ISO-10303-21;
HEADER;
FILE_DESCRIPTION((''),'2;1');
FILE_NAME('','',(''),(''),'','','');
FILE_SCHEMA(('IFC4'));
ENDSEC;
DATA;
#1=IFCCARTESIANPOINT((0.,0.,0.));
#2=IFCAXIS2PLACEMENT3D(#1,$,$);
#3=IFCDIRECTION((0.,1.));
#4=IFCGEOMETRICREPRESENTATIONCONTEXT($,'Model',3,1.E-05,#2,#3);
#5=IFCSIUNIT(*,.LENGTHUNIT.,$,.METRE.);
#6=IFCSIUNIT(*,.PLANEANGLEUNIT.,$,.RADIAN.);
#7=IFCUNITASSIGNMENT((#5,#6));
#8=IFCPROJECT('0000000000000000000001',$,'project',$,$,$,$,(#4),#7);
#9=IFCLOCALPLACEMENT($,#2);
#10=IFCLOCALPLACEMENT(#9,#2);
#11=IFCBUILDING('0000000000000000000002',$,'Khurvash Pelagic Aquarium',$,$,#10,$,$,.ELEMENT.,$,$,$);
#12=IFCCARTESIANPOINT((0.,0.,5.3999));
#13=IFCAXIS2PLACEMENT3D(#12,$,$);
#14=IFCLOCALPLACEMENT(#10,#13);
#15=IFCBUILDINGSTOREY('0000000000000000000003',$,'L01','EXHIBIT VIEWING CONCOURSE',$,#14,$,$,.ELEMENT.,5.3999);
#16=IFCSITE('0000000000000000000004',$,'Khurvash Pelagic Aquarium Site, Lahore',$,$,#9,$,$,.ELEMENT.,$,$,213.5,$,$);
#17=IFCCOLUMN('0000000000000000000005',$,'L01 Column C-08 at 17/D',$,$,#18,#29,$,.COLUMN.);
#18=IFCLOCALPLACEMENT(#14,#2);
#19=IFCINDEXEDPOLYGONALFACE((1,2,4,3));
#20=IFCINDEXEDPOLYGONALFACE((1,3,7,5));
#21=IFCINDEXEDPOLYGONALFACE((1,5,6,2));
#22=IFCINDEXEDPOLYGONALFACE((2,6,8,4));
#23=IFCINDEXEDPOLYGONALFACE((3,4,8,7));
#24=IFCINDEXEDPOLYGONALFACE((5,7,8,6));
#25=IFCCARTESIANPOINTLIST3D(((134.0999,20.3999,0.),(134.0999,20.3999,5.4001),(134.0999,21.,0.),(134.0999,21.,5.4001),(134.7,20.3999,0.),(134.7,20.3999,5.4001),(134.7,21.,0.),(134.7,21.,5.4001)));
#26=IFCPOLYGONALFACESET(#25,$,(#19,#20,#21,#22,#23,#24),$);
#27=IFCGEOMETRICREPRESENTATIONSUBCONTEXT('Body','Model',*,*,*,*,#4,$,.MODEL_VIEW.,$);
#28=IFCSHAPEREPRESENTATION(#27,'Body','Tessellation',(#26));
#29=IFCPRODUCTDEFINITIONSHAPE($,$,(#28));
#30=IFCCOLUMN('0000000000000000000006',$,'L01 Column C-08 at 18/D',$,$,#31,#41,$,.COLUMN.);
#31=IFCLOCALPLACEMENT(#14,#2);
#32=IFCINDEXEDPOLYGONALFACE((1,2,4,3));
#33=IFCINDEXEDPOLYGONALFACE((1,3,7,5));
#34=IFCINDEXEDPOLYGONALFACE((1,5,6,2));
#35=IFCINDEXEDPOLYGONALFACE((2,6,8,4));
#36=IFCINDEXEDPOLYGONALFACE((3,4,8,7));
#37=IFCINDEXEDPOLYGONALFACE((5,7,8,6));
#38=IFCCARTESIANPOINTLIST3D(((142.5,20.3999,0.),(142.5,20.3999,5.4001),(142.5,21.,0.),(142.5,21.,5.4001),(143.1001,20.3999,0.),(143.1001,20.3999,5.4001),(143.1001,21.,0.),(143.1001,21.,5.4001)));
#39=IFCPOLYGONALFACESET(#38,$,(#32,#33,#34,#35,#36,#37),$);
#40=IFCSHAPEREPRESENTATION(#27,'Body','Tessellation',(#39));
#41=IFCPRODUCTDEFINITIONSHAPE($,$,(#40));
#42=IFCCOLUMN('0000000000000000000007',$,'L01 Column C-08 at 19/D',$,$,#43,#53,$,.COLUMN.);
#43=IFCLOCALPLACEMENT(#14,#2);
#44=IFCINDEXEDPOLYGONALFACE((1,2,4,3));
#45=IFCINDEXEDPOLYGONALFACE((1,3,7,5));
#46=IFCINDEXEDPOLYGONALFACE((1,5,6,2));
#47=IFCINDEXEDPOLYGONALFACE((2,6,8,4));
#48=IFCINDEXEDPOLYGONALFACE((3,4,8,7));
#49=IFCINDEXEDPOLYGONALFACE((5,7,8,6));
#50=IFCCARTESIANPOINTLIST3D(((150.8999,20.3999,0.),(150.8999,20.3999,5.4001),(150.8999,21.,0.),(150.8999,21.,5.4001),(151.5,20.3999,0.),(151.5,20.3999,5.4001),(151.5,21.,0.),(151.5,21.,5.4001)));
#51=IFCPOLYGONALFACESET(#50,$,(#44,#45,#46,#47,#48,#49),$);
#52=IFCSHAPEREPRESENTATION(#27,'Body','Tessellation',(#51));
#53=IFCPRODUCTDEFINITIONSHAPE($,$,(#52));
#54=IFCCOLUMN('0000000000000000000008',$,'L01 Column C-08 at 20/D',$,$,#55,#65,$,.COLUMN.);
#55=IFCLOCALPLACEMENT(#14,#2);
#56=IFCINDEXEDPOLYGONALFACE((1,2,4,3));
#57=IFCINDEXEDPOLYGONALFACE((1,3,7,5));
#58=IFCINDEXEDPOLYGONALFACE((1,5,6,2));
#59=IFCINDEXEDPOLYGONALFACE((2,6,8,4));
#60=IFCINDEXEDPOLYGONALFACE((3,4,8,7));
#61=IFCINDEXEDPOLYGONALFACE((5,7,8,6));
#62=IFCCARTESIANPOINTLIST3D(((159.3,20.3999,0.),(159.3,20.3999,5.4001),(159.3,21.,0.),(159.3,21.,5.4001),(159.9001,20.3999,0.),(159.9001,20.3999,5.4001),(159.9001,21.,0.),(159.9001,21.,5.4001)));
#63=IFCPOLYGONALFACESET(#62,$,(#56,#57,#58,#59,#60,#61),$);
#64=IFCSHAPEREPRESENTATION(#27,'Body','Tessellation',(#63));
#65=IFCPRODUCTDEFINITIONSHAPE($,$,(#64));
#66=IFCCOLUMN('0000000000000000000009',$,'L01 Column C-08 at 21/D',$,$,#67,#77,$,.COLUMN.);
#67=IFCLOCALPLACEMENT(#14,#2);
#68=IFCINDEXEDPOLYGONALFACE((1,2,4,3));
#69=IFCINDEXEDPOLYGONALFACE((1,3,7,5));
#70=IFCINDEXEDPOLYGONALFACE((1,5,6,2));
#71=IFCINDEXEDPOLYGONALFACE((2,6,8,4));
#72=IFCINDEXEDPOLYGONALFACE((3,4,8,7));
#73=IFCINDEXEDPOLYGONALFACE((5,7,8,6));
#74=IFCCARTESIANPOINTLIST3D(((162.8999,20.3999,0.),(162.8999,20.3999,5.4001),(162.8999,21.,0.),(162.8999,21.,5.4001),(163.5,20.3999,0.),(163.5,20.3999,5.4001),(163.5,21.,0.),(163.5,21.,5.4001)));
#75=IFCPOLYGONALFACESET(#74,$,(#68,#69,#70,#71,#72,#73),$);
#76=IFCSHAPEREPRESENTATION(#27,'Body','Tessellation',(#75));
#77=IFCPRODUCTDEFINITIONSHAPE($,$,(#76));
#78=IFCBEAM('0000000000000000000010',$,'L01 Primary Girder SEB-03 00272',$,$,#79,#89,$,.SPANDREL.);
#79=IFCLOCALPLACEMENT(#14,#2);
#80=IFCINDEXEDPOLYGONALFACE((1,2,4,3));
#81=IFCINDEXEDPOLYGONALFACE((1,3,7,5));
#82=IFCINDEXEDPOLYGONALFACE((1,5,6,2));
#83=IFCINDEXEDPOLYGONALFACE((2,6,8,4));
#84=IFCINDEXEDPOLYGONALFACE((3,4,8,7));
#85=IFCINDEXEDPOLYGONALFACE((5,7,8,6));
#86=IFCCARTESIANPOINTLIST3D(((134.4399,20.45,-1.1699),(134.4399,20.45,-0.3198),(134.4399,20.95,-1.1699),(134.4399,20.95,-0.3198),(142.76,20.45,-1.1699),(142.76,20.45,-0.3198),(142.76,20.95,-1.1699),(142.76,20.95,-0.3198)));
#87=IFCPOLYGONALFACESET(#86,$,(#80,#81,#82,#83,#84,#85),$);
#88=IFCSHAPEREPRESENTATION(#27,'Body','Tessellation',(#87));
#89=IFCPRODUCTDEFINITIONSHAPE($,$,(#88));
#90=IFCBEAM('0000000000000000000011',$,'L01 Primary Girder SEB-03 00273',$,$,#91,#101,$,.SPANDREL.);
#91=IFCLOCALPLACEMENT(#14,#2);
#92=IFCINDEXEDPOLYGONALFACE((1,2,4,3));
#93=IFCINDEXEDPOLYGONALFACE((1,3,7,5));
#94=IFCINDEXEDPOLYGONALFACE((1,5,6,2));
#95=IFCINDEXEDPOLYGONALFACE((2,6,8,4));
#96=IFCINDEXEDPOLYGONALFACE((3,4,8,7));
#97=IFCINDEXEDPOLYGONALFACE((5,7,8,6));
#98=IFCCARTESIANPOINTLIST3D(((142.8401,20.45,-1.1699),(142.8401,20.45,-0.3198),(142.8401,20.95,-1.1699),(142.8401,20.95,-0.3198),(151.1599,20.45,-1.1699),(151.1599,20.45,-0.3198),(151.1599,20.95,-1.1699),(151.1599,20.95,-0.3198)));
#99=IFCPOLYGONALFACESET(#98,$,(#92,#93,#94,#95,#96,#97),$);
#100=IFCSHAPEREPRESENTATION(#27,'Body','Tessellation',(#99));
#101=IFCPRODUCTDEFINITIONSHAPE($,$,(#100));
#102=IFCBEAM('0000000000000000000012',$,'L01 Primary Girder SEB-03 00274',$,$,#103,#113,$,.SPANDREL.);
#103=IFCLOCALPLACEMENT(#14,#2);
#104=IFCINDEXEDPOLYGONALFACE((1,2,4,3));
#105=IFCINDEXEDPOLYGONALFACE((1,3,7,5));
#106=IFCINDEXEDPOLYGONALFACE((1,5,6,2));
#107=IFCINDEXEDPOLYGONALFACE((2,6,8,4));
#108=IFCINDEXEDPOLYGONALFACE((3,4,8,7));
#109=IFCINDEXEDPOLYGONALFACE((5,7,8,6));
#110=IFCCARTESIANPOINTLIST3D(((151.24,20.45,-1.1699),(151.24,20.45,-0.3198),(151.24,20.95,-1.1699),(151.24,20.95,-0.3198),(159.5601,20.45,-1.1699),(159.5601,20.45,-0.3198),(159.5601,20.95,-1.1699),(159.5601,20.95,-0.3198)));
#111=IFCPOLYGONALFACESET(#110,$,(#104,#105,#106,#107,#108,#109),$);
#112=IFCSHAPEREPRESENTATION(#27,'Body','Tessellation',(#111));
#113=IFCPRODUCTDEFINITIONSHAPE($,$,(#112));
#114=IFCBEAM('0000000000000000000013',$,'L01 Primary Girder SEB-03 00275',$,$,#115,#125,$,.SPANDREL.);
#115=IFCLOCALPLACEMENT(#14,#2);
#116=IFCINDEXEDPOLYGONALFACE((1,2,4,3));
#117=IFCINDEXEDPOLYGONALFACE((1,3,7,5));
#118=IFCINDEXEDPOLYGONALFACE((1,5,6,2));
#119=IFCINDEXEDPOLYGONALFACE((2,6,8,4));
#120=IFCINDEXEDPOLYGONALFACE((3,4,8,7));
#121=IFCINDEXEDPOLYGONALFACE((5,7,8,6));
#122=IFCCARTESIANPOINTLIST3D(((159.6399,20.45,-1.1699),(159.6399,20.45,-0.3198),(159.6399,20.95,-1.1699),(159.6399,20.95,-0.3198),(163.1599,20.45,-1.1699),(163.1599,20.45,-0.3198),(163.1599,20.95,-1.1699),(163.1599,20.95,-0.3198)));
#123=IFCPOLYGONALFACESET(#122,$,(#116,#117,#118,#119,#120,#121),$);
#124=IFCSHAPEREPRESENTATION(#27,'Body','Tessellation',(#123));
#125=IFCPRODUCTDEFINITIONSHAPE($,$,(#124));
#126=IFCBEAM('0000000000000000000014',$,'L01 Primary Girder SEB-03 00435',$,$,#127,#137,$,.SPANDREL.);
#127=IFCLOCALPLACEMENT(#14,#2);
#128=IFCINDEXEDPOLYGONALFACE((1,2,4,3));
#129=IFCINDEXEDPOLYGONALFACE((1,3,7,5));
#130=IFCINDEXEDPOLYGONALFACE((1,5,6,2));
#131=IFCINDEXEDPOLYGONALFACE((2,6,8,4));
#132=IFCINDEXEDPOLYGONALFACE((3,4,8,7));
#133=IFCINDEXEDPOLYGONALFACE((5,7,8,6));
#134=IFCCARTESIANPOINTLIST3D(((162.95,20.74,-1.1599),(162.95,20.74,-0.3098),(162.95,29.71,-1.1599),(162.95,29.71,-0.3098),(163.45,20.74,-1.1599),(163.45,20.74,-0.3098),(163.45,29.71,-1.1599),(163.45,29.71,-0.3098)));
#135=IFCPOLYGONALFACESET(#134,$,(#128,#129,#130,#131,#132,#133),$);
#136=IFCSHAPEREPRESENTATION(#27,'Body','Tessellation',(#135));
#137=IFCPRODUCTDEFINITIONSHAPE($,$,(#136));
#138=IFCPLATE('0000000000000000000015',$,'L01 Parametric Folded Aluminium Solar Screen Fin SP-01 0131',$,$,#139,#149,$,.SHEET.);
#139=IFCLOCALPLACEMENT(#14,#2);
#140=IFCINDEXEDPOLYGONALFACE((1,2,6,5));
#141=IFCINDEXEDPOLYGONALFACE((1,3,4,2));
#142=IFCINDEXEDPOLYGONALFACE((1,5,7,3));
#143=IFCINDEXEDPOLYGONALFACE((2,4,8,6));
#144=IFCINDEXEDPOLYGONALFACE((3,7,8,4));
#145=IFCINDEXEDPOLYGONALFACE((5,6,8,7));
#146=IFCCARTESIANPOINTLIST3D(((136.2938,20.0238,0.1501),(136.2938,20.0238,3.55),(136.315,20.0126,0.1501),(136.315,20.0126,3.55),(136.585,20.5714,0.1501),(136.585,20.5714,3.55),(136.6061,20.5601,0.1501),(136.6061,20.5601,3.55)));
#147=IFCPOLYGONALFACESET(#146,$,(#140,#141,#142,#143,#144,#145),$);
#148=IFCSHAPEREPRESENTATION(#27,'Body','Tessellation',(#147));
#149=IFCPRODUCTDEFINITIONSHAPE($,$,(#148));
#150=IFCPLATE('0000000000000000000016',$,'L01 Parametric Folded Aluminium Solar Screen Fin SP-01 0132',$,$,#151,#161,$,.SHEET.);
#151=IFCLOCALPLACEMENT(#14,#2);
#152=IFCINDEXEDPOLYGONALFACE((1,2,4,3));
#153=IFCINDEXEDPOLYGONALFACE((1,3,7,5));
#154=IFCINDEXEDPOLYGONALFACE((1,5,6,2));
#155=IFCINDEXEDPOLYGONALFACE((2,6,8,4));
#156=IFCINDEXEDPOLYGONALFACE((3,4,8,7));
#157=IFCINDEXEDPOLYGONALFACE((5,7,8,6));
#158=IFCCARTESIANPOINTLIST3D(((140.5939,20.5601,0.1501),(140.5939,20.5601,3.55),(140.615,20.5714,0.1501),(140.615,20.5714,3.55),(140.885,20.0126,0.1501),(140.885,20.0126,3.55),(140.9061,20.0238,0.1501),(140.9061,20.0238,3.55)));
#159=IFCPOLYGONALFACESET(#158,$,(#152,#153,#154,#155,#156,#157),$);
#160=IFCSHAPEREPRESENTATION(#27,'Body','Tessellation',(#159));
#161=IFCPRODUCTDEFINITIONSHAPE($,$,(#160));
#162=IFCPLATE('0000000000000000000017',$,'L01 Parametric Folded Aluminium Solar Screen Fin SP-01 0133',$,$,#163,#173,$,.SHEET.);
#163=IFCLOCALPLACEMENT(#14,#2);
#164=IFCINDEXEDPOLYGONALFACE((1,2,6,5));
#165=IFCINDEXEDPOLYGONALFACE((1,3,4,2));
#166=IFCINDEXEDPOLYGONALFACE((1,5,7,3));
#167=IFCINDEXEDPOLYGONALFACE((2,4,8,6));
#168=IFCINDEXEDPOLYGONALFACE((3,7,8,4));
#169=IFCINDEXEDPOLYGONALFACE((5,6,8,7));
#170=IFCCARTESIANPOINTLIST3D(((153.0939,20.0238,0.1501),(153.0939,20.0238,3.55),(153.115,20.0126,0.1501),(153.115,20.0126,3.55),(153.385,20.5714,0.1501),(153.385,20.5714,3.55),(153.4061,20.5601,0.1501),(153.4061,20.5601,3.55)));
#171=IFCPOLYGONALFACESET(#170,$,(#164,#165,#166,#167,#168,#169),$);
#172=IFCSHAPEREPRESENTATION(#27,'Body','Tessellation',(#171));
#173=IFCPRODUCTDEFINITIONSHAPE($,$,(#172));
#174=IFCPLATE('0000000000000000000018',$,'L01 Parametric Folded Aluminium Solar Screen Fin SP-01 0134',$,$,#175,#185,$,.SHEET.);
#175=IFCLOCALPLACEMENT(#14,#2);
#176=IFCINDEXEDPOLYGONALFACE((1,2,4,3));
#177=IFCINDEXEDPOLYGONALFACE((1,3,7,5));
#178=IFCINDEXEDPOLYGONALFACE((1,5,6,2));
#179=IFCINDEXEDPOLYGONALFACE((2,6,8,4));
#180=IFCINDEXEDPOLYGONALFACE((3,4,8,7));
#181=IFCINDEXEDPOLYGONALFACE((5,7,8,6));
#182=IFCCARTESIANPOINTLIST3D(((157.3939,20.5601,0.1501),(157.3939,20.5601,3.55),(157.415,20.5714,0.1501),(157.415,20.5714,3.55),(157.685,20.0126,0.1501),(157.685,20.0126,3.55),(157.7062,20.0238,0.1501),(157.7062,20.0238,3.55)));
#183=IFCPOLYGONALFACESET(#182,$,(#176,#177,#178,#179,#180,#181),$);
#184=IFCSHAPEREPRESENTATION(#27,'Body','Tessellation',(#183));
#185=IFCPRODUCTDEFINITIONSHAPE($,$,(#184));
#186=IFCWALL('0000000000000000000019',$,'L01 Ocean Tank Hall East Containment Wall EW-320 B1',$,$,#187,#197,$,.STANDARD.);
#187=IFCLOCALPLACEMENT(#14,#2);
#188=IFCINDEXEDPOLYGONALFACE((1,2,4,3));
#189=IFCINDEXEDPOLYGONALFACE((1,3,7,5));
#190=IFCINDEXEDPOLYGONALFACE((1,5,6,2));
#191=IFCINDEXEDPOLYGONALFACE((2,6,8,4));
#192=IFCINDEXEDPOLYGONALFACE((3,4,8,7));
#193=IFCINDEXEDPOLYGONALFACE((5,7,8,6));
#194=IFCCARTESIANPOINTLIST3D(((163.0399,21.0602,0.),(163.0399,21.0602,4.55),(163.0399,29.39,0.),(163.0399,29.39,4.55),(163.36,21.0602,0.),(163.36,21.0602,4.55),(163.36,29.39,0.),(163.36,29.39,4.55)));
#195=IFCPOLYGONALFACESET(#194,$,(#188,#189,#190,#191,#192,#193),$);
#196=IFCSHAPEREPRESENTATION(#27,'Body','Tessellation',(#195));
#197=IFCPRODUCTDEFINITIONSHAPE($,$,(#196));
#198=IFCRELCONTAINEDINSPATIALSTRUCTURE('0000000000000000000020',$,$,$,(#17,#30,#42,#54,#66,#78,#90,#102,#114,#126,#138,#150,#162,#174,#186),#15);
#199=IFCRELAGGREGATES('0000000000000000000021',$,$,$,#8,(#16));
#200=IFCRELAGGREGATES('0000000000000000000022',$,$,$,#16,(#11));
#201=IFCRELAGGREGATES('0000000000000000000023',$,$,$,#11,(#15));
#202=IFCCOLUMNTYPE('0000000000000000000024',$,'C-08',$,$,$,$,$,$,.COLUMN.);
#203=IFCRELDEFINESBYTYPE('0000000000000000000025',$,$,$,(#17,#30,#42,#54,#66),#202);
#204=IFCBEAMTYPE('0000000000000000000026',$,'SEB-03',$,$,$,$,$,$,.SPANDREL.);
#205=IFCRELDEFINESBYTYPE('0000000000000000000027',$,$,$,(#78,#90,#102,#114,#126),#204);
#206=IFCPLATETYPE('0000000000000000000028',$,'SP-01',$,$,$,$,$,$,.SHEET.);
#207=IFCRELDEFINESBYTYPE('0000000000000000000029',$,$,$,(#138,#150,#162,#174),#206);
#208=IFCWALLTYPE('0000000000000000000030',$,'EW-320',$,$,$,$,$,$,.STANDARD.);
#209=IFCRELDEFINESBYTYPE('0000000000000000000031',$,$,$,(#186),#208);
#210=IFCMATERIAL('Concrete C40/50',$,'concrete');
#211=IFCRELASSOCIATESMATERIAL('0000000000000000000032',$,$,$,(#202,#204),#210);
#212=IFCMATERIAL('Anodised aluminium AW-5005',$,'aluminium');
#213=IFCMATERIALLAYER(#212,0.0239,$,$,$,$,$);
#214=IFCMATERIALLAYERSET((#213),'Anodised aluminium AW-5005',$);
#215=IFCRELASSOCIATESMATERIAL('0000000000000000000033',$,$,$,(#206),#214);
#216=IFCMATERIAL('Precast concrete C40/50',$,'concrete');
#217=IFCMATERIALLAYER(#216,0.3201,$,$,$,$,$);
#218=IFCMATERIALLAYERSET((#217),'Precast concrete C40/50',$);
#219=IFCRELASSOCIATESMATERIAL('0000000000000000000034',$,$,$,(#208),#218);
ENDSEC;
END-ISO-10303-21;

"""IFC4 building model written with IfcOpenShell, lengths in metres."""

from ifc_helpers import new_model, si_unit, direction, frame, frame_2d, origin, origin_2d, place, context, subcontext, project, spatial, rectangle, extrude, material, layer, layer_set, material_profile, profile_set, type_object, element, save


model = new_model("IFC4")

# Units and contexts
model_context = context("Model", 3, precision=1e-05, world=origin(), true_north=direction((0.0, 1.0)))
body_context = subcontext(model_context, "Body", "Model", "MODEL_VIEW")
ifc_project = project(units=[si_unit("LENGTHUNIT", "METRE"), si_unit("PLANEANGLEUNIT", "RADIAN")], contexts=[model_context])

# Site, building, storey
site_placement = place(None, origin())
site = spatial("IfcSite", under=ifc_project, at=site_placement, Name="Khurvash Pelagic Aquarium Site, Lahore", CompositionType="ELEMENT", RefElevation=213.5)
building_placement = place(site_placement, origin())
building = spatial("IfcBuilding", under=site, at=building_placement, Name="Khurvash Pelagic Aquarium", CompositionType="ELEMENT")
storey_placement = place(building_placement, frame((0.0, 0.0, 5.3999)))
storey = spatial("IfcBuildingStorey", under=building, at=storey_placement, Name="L01", Description="EXHIBIT VIEWING CONCOURSE", CompositionType="ELEMENT", Elevation=5.3999)

# Columns
ifc_material_1 = material(Name="Concrete C40/50", Category="concrete")
ifc_material_profile_1 = material_profile(ifc_material_1, rectangle(XDim=0.6001, YDim=0.6001, at=origin_2d()), Name="RC600X600")
ifc_profile_set_1 = profile_set([ifc_material_profile_1], Name="Concrete C40/50")
column_type = type_object("IfcColumnType", Name="C-08", PredefinedType="COLUMN", material=ifc_profile_set_1)
for number, where, z_axis, x_axis, name in (
    (1, (134.3999, 20.7, 0.0), (0.0, 0.0, 1.0), (1.0, 0.0, 0.0), "L01 Column C-08 at 17/D"),
    (2, (142.8, 20.7, 0.0), (0.0, 0.0, 1.0), (1.0, 0.0, 0.0), "L01 Column C-08 at 18/D"),
    (3, (151.2, 20.7, 0.0), (0.0, 0.0, 1.0), (1.0, 0.0, 0.0), "L01 Column C-08 at 19/D"),
    (4, (159.6001, 20.7, 0.0), (0.0, 0.0, 1.0), (1.0, 0.0, 0.0), "L01 Column C-08 at 20/D"),
    (5, (163.2, 20.7, 0.0), (0.0, 0.0, 1.0), (1.0, 0.0, 0.0), "L01 Column C-08 at 21/D"),
):
    element("IfcColumn", number, at=place(storey_placement, frame(where, z_axis=z_axis, x_axis=x_axis)), inside=storey, type_object=column_type, Name=name, PredefinedType="COLUMN", context=body_context, shape_type="SweptSolid", body=[
        extrude(rectangle(XDim=0.6001, YDim=0.6001, at=origin_2d()), origin(), (0.0, 0.0, 1.0), 5.4001),
    ])

# Beams
ifc_material_profile_2 = material_profile(ifc_material_1, rectangle(XDim=0.5, YDim=0.8501, at=origin_2d()), Name="RC500X850")
ifc_profile_set_2 = profile_set([ifc_material_profile_2], Name="Concrete C40/50")
beam_type = type_object("IfcBeamType", Name="SEB-03", PredefinedType="SPANDREL", material=ifc_profile_set_2)
beam_1_placement = place(storey_placement, frame((134.4399, 20.7, -0.7449), z_axis=(1.0, 0.0, 0.0), x_axis=(0.0, 1.0, 0.0)))
element("IfcBeam", 6, at=beam_1_placement, inside=storey, type_object=beam_type, Name="L01 Primary Girder SEB-03 00272", PredefinedType="SPANDREL", context=body_context, shape_type="SweptSolid", body=[
    extrude(rectangle(XDim=0.5, YDim=0.8501, at=origin_2d()), origin(), (0.0, 0.0, 1.0), 8.3201),
])
beam_2_placement = place(storey_placement, frame((142.8401, 20.7, -0.7449), z_axis=(1.0, 0.0, 0.0), x_axis=(0.0, 1.0, 0.0)))
element("IfcBeam", 7, at=beam_2_placement, inside=storey, type_object=beam_type, Name="L01 Primary Girder SEB-03 00273", PredefinedType="SPANDREL", context=body_context, shape_type="SweptSolid", body=[
    extrude(rectangle(XDim=0.5, YDim=0.8501, at=origin_2d()), origin(), (0.0, 0.0, 1.0), 8.3198),
])
beam_3_placement = place(storey_placement, frame((151.24, 20.7, -0.7449), z_axis=(1.0, 0.0, 0.0), x_axis=(0.0, 1.0, 0.0)))
element("IfcBeam", 8, at=beam_3_placement, inside=storey, type_object=beam_type, Name="L01 Primary Girder SEB-03 00274", PredefinedType="SPANDREL", context=body_context, shape_type="SweptSolid", body=[
    extrude(rectangle(XDim=0.5, YDim=0.8501, at=origin_2d()), origin(), (0.0, 0.0, 1.0), 8.3201),
])
beam_4_placement = place(storey_placement, frame((159.6399, 20.7, -0.7449), z_axis=(1.0, 0.0, 0.0), x_axis=(0.0, 1.0, 0.0)))
element("IfcBeam", 9, at=beam_4_placement, inside=storey, type_object=beam_type, Name="L01 Primary Girder SEB-03 00275", PredefinedType="SPANDREL", context=body_context, shape_type="SweptSolid", body=[
    extrude(rectangle(XDim=0.5, YDim=0.8501, at=origin_2d()), origin(), (0.0, 0.0, 1.0), 3.52),
])
beam_5_placement = place(storey_placement, frame((163.2, 20.74, -0.7349), z_axis=(0.0, 1.0, 0.0), x_axis=(-1.0, 0.0, 0.0)))
element("IfcBeam", 10, at=beam_5_placement, inside=storey, type_object=beam_type, Name="L01 Primary Girder SEB-03 00435", PredefinedType="SPANDREL", context=body_context, shape_type="SweptSolid", body=[
    extrude(rectangle(XDim=0.5, YDim=0.8501, at=origin_2d()), origin(), (0.0, 0.0, 1.0), 8.97),
])

# Plates
ifc_material_2 = material(Name="Anodised aluminium AW-5005", Category="aluminium")
ifc_layer_1 = layer(ifc_material_2, 0.0239)
ifc_layer_set_1 = layer_set([ifc_layer_1], Name="Anodised aluminium AW-5005")
plate_type = type_object("IfcPlateType", Name="SP-01", PredefinedType="SHEET", material=ifc_layer_set_1)
for number, where, z_axis, x_axis, name in (
    (11, (136.45, 20.292, 0.1501), (0.0, 0.0, 1.0), (-0.469472, -0.882948, 0.0), "L01 Parametric Folded Aluminium Solar Screen Fin SP-01 0131"),
    (12, (140.75, 20.292, 0.1501), (0.0, 0.0, 1.0), (0.469472, -0.882948, 0.0), "L01 Parametric Folded Aluminium Solar Screen Fin SP-01 0132"),
    (13, (153.25, 20.292, 0.1501), (0.0, 0.0, 1.0), (-0.469472, -0.882948, 0.0), "L01 Parametric Folded Aluminium Solar Screen Fin SP-01 0133"),
    (14, (157.55, 20.292, 0.1501), (0.0, 0.0, 1.0), (0.469472, -0.882948, 0.0), "L01 Parametric Folded Aluminium Solar Screen Fin SP-01 0134"),
):
    element("IfcPlate", number, at=place(storey_placement, frame(where, z_axis=z_axis, x_axis=x_axis)), inside=storey, type_object=plate_type, Name=name, PredefinedType="SHEET", context=body_context, shape_type="SweptSolid", body=[
        extrude(rectangle(XDim=0.6201, YDim=0.0239, at=origin_2d()), origin(), (0.0, 0.0, 1.0), 3.3999),
    ])

# Wall
ifc_material_3 = material(Name="Precast concrete C40/50", Category="concrete")
ifc_layer_2 = layer(ifc_material_3, 0.3201)
ifc_layer_set_2 = layer_set([ifc_layer_2], Name="Precast concrete C40/50")
wall_type = type_object("IfcWallType", Name="EW-320", PredefinedType="STANDARD", material=ifc_layer_set_2)
wall_1_placement = place(storey_placement, frame((163.2, 21.0601, 0.0), z_axis=(0.0, 0.0, 1.0), x_axis=(0.0, 1.0, 0.0)))
element("IfcWall", 15, at=wall_1_placement, inside=storey, type_object=wall_type, Name="L01 Ocean Tank Hall East Containment Wall EW-320 B1", PredefinedType="STANDARD", context=body_context, shape_type="SweptSolid", body=[
    extrude(rectangle(XDim=8.3298, YDim=0.3201, at=frame_2d((4.165, 0.0))), origin(), (0.0, 0.0, 1.0), 4.55),
])

save(model, "model.ifc")
